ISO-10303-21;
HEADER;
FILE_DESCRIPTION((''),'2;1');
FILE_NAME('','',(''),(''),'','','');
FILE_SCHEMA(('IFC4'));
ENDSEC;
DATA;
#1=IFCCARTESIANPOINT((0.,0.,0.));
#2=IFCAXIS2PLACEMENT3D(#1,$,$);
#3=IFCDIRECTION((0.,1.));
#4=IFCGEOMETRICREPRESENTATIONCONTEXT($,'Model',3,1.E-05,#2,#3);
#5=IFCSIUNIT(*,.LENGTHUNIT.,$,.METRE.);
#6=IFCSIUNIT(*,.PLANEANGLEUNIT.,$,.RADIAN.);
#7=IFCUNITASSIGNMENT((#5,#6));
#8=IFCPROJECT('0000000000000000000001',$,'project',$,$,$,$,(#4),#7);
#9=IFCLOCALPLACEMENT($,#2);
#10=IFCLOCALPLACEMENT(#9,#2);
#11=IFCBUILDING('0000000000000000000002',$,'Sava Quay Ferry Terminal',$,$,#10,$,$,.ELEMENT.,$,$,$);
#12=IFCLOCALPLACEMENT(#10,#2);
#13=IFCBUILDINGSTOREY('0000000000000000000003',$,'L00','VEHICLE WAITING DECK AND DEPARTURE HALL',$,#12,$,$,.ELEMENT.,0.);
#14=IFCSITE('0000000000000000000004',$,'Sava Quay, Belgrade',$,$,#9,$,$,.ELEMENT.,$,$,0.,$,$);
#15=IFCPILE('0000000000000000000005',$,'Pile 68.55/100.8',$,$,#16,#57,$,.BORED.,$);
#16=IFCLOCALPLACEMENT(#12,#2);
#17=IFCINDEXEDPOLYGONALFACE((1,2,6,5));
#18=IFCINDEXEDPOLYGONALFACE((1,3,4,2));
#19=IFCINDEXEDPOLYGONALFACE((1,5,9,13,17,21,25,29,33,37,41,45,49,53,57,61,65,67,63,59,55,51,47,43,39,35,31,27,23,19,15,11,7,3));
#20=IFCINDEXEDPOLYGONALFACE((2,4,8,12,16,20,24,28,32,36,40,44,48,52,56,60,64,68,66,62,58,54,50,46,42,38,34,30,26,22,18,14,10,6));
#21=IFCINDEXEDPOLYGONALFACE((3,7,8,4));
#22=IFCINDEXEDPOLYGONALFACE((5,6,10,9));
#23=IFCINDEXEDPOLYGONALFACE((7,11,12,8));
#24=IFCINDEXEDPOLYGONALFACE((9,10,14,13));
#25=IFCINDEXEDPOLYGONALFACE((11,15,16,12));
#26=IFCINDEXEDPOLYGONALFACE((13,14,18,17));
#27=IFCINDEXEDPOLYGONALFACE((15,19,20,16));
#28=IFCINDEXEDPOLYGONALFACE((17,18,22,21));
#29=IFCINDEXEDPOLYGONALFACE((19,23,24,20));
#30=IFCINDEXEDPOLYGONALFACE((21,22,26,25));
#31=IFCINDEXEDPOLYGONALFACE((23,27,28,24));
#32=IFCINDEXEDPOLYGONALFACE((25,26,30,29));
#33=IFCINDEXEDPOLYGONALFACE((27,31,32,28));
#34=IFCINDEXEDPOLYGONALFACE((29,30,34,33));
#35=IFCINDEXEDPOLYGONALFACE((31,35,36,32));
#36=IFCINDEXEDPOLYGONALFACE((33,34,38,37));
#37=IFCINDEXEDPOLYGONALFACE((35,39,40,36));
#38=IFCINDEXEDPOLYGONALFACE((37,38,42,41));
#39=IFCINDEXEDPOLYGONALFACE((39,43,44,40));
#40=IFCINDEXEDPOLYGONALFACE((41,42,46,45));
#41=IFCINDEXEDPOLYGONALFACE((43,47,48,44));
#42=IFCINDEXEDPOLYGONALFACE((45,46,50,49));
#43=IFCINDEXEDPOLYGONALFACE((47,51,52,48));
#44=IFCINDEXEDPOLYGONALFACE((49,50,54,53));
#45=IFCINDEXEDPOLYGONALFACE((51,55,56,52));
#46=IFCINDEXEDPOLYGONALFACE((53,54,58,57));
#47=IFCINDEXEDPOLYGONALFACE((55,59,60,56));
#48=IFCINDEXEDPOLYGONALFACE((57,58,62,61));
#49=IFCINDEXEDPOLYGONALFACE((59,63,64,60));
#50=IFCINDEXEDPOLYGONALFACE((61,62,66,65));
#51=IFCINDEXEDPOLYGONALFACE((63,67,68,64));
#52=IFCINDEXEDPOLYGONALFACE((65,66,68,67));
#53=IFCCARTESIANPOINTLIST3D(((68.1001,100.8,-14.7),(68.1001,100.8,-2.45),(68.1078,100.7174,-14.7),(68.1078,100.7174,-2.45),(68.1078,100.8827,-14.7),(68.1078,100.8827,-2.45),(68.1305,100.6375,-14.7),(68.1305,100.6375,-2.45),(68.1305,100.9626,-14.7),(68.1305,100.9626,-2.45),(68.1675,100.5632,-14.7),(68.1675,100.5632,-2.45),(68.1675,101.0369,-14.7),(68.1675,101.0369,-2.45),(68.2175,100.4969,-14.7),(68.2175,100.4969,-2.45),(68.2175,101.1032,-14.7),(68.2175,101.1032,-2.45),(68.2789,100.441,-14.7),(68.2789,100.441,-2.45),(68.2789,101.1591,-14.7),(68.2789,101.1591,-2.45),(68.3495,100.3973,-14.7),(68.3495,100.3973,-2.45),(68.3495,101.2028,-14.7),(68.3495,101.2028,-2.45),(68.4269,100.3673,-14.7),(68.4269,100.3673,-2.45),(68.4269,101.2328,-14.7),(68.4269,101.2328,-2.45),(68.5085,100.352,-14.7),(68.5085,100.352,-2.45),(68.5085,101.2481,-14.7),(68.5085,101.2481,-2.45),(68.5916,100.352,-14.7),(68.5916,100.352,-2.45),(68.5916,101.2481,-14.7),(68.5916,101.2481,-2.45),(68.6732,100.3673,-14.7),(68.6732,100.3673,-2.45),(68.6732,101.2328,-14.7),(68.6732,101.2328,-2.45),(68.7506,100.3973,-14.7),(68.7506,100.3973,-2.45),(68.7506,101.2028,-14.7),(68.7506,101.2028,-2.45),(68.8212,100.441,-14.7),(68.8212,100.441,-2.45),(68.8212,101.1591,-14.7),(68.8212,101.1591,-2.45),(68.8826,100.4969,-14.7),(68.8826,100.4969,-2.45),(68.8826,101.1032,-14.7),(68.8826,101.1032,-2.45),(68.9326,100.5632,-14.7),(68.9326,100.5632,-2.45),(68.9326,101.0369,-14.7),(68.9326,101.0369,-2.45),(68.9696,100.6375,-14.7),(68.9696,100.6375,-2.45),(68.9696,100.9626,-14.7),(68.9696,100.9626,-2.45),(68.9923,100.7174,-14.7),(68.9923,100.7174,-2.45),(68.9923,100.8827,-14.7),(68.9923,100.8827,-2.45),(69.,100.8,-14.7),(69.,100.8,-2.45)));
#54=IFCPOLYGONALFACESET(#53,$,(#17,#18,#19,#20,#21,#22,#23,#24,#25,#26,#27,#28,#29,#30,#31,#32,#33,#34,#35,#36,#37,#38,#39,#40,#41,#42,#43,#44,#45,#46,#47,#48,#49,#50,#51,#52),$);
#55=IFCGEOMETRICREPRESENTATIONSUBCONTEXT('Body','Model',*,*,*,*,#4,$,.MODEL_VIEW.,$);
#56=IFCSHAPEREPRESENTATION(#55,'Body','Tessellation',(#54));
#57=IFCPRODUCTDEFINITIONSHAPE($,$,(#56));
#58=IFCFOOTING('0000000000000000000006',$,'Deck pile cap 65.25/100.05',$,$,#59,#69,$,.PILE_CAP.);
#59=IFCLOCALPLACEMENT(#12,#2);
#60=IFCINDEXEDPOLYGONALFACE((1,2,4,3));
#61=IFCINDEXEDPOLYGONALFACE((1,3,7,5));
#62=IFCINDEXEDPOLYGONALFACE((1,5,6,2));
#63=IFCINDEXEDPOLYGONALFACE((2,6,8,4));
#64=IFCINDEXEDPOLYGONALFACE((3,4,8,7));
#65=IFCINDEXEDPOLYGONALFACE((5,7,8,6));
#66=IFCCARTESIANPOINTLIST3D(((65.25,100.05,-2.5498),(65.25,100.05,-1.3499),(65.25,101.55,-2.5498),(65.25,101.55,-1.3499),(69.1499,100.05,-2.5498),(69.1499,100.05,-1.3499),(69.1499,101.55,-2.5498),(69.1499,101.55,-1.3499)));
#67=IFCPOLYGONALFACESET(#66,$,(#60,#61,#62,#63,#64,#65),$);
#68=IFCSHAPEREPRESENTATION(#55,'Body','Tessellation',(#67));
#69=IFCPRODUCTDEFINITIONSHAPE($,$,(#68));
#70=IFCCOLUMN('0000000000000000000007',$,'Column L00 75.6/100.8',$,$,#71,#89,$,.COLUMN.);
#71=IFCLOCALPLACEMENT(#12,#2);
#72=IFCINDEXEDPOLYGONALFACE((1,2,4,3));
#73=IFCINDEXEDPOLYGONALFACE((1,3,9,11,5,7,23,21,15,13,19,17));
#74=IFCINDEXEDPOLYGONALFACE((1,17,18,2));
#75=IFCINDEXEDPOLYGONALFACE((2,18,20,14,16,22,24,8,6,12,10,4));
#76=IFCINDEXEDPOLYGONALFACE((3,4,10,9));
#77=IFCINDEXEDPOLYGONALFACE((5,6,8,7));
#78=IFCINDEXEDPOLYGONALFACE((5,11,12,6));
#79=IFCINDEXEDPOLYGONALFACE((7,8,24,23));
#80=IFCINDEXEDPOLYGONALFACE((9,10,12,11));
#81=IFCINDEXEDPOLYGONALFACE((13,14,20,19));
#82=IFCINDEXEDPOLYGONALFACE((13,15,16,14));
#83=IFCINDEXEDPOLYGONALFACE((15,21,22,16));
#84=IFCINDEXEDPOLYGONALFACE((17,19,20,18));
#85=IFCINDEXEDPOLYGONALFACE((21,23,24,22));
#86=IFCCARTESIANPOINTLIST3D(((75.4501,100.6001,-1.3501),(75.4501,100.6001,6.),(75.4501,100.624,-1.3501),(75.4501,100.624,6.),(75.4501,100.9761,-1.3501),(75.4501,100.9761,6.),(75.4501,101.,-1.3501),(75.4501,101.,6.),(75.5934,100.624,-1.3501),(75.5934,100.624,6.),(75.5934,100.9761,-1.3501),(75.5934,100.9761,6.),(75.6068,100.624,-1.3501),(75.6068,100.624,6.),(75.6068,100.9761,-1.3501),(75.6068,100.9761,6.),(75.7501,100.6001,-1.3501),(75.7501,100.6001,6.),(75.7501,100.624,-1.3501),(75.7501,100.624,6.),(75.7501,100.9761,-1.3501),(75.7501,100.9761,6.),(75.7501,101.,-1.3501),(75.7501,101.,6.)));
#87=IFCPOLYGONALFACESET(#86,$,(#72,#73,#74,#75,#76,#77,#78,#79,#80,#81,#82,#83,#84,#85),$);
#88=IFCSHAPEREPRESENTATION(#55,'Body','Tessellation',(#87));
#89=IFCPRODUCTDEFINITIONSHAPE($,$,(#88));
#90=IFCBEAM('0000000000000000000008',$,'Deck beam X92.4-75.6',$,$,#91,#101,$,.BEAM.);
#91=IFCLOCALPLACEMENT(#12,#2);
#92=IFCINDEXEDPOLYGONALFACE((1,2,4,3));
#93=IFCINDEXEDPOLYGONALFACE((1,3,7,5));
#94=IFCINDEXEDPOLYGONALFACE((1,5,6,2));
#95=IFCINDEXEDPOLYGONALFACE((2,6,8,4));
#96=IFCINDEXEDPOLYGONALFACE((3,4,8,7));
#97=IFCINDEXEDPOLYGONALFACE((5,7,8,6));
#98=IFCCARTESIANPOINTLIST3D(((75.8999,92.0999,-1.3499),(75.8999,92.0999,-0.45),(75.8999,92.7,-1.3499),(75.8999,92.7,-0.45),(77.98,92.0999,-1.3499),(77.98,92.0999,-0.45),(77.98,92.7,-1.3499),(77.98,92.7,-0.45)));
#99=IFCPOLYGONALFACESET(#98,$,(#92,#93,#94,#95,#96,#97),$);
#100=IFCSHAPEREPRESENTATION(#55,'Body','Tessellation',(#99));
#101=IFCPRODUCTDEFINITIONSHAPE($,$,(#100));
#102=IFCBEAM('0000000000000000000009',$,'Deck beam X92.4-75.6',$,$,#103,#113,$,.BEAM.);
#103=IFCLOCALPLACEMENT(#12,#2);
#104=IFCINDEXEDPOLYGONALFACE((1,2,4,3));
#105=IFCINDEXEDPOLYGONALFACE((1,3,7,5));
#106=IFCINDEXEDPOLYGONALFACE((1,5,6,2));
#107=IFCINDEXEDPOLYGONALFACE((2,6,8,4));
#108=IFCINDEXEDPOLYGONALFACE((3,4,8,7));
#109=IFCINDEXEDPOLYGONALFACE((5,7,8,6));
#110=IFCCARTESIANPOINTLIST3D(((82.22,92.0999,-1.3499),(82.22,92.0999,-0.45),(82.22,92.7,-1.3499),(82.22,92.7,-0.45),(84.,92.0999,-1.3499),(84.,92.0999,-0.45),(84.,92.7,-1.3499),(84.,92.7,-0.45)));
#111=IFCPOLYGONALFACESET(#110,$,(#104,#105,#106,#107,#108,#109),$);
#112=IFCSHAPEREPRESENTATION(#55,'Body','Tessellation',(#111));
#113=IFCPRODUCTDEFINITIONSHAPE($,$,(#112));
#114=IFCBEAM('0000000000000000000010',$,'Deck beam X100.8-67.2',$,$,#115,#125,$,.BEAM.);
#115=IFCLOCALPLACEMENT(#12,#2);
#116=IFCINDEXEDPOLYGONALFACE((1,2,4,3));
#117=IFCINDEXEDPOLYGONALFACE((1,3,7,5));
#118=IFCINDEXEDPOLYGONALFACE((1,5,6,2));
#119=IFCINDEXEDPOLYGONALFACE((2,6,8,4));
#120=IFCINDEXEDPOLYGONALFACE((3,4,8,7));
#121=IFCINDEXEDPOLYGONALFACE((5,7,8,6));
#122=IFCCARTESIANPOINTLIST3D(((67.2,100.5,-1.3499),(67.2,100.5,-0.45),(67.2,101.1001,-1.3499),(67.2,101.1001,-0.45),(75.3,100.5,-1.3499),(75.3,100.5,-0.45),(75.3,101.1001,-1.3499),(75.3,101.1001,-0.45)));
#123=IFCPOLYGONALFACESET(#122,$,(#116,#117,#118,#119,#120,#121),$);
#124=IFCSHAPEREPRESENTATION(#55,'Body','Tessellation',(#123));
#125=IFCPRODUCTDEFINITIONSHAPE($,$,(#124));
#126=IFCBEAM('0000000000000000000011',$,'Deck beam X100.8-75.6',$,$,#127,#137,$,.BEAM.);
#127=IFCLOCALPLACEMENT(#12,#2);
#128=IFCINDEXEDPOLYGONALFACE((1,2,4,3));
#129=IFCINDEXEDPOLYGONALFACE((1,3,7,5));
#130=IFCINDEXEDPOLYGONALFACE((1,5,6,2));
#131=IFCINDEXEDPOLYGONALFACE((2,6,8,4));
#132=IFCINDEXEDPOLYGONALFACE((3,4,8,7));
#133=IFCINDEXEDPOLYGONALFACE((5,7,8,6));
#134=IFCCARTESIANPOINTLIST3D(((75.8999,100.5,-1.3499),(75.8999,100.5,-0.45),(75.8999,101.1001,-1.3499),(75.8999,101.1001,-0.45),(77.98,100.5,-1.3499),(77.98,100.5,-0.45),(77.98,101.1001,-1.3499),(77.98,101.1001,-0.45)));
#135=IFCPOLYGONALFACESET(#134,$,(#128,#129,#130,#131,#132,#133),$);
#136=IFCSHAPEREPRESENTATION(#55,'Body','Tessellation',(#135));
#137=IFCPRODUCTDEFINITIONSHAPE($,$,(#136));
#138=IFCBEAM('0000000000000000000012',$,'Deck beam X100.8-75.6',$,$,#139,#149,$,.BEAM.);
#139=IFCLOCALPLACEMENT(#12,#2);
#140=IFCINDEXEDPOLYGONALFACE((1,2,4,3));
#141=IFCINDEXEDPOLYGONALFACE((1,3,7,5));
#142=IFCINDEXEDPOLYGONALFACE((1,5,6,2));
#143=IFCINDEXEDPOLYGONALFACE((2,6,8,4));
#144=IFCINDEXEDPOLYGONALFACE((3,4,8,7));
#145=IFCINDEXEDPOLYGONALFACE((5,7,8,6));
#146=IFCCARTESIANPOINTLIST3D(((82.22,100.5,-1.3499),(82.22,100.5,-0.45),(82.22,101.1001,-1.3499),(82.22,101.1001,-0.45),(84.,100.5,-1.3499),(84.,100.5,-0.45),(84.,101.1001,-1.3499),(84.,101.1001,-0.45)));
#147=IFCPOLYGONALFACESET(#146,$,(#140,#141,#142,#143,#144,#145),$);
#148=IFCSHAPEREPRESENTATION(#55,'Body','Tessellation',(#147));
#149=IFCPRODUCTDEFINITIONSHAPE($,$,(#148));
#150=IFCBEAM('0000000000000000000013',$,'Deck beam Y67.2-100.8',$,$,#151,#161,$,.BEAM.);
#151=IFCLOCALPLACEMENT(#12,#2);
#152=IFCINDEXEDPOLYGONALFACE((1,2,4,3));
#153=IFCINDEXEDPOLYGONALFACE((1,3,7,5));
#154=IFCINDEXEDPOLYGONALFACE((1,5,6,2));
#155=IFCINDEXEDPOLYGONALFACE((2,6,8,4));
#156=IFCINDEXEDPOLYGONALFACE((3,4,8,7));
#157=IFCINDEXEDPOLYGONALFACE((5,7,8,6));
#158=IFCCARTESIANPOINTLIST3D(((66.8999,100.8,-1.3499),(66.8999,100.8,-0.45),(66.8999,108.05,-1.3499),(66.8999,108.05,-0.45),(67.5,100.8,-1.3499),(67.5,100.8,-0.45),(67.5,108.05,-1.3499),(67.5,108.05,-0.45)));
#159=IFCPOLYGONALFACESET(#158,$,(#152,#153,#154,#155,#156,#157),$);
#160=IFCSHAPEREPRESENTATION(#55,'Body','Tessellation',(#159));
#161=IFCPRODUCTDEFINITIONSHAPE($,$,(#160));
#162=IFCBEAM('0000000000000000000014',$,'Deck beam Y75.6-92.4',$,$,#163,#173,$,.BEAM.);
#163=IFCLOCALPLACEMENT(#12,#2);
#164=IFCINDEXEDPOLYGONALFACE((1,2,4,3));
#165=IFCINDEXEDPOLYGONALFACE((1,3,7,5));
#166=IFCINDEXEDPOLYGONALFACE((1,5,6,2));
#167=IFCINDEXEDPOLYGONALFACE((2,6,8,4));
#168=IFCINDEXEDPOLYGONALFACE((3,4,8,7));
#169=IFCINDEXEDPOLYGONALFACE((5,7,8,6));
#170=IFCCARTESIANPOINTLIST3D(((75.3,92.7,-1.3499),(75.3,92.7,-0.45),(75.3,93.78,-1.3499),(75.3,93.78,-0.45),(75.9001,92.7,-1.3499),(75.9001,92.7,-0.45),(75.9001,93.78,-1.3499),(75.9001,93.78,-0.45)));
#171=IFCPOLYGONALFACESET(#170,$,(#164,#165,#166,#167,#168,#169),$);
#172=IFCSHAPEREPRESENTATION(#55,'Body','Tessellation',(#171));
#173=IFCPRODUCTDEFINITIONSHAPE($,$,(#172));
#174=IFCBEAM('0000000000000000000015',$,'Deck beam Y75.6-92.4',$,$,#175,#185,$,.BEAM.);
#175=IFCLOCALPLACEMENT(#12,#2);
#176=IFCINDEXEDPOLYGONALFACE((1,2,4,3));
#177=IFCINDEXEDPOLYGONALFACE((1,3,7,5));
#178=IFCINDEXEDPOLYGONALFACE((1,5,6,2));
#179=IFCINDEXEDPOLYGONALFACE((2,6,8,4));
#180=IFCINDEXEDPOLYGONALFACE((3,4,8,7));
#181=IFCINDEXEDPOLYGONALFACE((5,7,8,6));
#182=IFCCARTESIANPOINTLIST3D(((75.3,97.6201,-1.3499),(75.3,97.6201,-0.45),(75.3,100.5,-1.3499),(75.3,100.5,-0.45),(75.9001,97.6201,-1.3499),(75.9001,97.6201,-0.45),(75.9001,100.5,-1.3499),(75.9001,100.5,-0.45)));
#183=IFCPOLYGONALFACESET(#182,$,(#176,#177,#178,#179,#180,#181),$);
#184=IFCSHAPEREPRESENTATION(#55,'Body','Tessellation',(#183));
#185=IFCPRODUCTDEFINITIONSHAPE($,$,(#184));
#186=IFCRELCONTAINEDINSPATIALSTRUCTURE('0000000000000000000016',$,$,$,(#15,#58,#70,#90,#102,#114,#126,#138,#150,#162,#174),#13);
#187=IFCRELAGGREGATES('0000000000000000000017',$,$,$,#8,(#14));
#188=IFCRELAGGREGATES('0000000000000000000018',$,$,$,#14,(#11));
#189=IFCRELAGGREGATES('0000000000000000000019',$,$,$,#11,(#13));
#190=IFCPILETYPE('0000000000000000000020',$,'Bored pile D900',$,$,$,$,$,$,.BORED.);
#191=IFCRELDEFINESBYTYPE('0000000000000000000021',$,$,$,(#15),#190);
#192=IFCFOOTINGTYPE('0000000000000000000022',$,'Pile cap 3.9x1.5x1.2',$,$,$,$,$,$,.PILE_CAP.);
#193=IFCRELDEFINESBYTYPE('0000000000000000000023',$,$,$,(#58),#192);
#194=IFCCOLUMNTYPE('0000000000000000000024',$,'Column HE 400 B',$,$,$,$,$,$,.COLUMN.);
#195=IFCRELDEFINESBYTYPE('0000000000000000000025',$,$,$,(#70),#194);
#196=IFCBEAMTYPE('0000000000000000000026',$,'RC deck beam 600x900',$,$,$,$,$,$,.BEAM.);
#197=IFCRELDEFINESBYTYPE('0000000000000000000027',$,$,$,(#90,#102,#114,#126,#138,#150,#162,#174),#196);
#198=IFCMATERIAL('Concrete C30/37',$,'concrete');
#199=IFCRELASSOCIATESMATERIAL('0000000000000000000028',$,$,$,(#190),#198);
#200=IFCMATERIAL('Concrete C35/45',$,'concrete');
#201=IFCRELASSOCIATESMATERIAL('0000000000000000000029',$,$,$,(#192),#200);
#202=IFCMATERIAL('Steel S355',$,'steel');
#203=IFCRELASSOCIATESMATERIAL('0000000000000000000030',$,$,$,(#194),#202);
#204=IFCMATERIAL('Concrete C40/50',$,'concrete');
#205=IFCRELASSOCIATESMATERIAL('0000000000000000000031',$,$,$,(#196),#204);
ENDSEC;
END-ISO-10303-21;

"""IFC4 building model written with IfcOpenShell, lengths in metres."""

from ifc_helpers import new_model, si_unit, direction, frame, origin, origin_2d, place, context, subcontext, project, spatial, rectangle, circle, i_section, extrude, material, material_profile, profile_set, type_object, element, save


model = new_model("IFC4")

# Units and contexts
model_context = context("Model", 3, precision=1e-05, world=origin(), true_north=direction((0.0, 1.0)))
body_context = subcontext(model_context, "Body", "Model", "MODEL_VIEW")
ifc_project = project(units=[si_unit("LENGTHUNIT", "METRE"), si_unit("PLANEANGLEUNIT", "RADIAN")], contexts=[model_context])

# Site, building, storey
site_placement = place(None, origin())
site = spatial("IfcSite", under=ifc_project, at=site_placement, Name="Sava Quay, Belgrade", CompositionType="ELEMENT", RefElevation=0.0)
building_placement = place(site_placement, origin())
building = spatial("IfcBuilding", under=site, at=building_placement, Name="Sava Quay Ferry Terminal", CompositionType="ELEMENT")
storey_placement = place(building_placement, origin())
storey = spatial("IfcBuildingStorey", under=building, at=storey_placement, Name="L00", Description="VEHICLE WAITING DECK AND DEPARTURE HALL", CompositionType="ELEMENT", Elevation=0.0)

# Pile
ifc_material_1 = material(Name="Concrete C30/37", Category="concrete")
ifc_material_profile_1 = material_profile(ifc_material_1, circle(Radius=0.45, at=origin_2d()), Name="Bored pile D900")
ifc_profile_set_1 = profile_set([ifc_material_profile_1], Name="Concrete C30/37")
pile_type = type_object("IfcPileType", Name="Bored pile D900", PredefinedType="BORED", material=ifc_profile_set_1)
pile_placement = place(storey_placement, frame((68.55, 100.8, -2.45), z_axis=(0.0, 0.0, -1.0), x_axis=(1.0, 0.0, 0.0)))
element("IfcPile", 1, at=pile_placement, inside=storey, type_object=pile_type, Name="Pile 68.55/100.8", PredefinedType="BORED", context=body_context, shape_type="SweptSolid", body=[
    extrude(circle(Radius=0.45, at=origin_2d()), origin(), (0.0, 0.0, 1.0), 12.25),
])

# Footing
ifc_material_2 = material(Name="Concrete C35/45", Category="concrete")
footing_type = type_object("IfcFootingType", Name="Pile cap 3.9x1.5x1.2", PredefinedType="PILE_CAP", material=ifc_material_2)
footing_placement = place(storey_placement, frame((67.2, 100.8, -2.5498), z_axis=(0.0, 0.0, 1.0), x_axis=(1.0, 0.0, 0.0)))
element("IfcFooting", 2, at=footing_placement, inside=storey, type_object=footing_type, Name="Deck pile cap 65.25/100.05", PredefinedType="PILE_CAP", context=body_context, shape_type="SweptSolid", body=[
    extrude(rectangle(XDim=3.8999, YDim=1.5, at=origin_2d()), origin(), (0.0, 0.0, 1.0), 1.2),
])

# Column
ifc_material_3 = material(Name="Steel S355", Category="steel")
ifc_material_profile_2 = material_profile(ifc_material_3, i_section(OverallWidth=0.3, OverallDepth=0.3999, WebThickness=0.0134, FlangeThickness=0.0239, at=origin_2d()), Name="HE 400 B")
ifc_profile_set_2 = profile_set([ifc_material_profile_2], Name="Steel S355")
column_type = type_object("IfcColumnType", Name="Column HE 400 B", PredefinedType="COLUMN", material=ifc_profile_set_2)
column_placement = place(storey_placement, frame((75.6001, 100.8, -1.3501), z_axis=(0.0, 0.0, 1.0), x_axis=(1.0, 0.0, 0.0)))
element("IfcColumn", 3, at=column_placement, inside=storey, type_object=column_type, Name="Column L00 75.6/100.8", PredefinedType="COLUMN", context=body_context, shape_type="SweptSolid", body=[
    extrude(i_section(OverallWidth=0.3, OverallDepth=0.3999, WebThickness=0.0134, FlangeThickness=0.0239, at=origin_2d()), origin(), (0.0, 0.0, 1.0), 7.3501),
])

# Beams
ifc_material_4 = material(Name="Concrete C40/50", Category="concrete")
ifc_material_profile_3 = material_profile(ifc_material_4, rectangle(XDim=0.6001, YDim=0.8999, at=origin_2d()), Name="RC 600x900")
ifc_profile_set_3 = profile_set([ifc_material_profile_3], Name="Concrete C40/50")
beam_type = type_object("IfcBeamType", Name="RC deck beam 600x900", PredefinedType="BEAM", material=ifc_profile_set_3)
beam_1_placement = place(storey_placement, frame((75.8999, 92.3999, -0.8999), z_axis=(1.0, 0.0, 0.0), x_axis=(0.0, 1.0, 0.0)))
element("IfcBeam", 4, at=beam_1_placement, inside=storey, type_object=beam_type, Name="Deck beam X92.4-75.6", PredefinedType="BEAM", context=body_context, shape_type="SweptSolid", body=[
    extrude(rectangle(XDim=0.6001, YDim=0.8999, at=origin_2d()), origin(), (0.0, 0.0, 1.0), 2.0801),
])
beam_2_placement = place(storey_placement, frame((82.22, 92.3999, -0.8999), z_axis=(1.0, 0.0, 0.0), x_axis=(0.0, 1.0, 0.0)))
element("IfcBeam", 5, at=beam_2_placement, inside=storey, type_object=beam_type, Name="Deck beam X92.4-75.6", PredefinedType="BEAM", context=body_context, shape_type="SweptSolid", body=[
    extrude(rectangle(XDim=0.6001, YDim=0.8999, at=origin_2d()), origin(), (0.0, 0.0, 1.0), 1.78),
])
beam_3_placement = place(storey_placement, frame((67.2, 100.8, -0.8999), z_axis=(1.0, 0.0, 0.0), x_axis=(0.0, 1.0, 0.0)))
element("IfcBeam", 6, at=beam_3_placement, inside=storey, type_object=beam_type, Name="Deck beam X100.8-67.2", PredefinedType="BEAM", context=body_context, shape_type="SweptSolid", body=[
    extrude(rectangle(XDim=0.6001, YDim=0.8999, at=origin_2d()), origin(), (0.0, 0.0, 1.0), 8.1001),
])
beam_4_placement = place(storey_placement, frame((75.8999, 100.8, -0.8999), z_axis=(1.0, 0.0, 0.0), x_axis=(0.0, 1.0, 0.0)))
element("IfcBeam", 7, at=beam_4_placement, inside=storey, type_object=beam_type, Name="Deck beam X100.8-75.6", PredefinedType="BEAM", context=body_context, shape_type="SweptSolid", body=[
    extrude(rectangle(XDim=0.6001, YDim=0.8999, at=origin_2d()), origin(), (0.0, 0.0, 1.0), 2.0801),
])
beam_5_placement = place(storey_placement, frame((82.22, 100.8, -0.8999), z_axis=(1.0, 0.0, 0.0), x_axis=(0.0, 1.0, 0.0)))
element("IfcBeam", 8, at=beam_5_placement, inside=storey, type_object=beam_type, Name="Deck beam X100.8-75.6", PredefinedType="BEAM", context=body_context, shape_type="SweptSolid", body=[
    extrude(rectangle(XDim=0.6001, YDim=0.8999, at=origin_2d()), origin(), (0.0, 0.0, 1.0), 1.78),
])
beam_6_placement = place(storey_placement, frame((67.2, 100.8, -0.8999), z_axis=(0.0, 1.0, 0.0), x_axis=(-1.0, 0.0, 0.0)))
element("IfcBeam", 9, at=beam_6_placement, inside=storey, type_object=beam_type, Name="Deck beam Y67.2-100.8", PredefinedType="BEAM", context=body_context, shape_type="SweptSolid", body=[
    extrude(rectangle(XDim=0.6001, YDim=0.8999, at=origin_2d()), origin(), (0.0, 0.0, 1.0), 7.25),
])
beam_7_placement = place(storey_placement, frame((75.6001, 92.7, -0.8999), z_axis=(0.0, 1.0, 0.0), x_axis=(-1.0, 0.0, 0.0)))
element("IfcBeam", 10, at=beam_7_placement, inside=storey, type_object=beam_type, Name="Deck beam Y75.6-92.4", PredefinedType="BEAM", context=body_context, shape_type="SweptSolid", body=[
    extrude(rectangle(XDim=0.6001, YDim=0.8999, at=origin_2d()), origin(), (0.0, 0.0, 1.0), 1.0801),
])
beam_8_placement = place(storey_placement, frame((75.6001, 97.6201, -0.8999), z_axis=(0.0, 1.0, 0.0), x_axis=(-1.0, 0.0, 0.0)))
element("IfcBeam", 11, at=beam_8_placement, inside=storey, type_object=beam_type, Name="Deck beam Y75.6-92.4", PredefinedType="BEAM", context=body_context, shape_type="SweptSolid", body=[
    extrude(rectangle(XDim=0.6001, YDim=0.8999, at=origin_2d()), origin(), (0.0, 0.0, 1.0), 2.8799),
])

save(model, "model.ifc")
